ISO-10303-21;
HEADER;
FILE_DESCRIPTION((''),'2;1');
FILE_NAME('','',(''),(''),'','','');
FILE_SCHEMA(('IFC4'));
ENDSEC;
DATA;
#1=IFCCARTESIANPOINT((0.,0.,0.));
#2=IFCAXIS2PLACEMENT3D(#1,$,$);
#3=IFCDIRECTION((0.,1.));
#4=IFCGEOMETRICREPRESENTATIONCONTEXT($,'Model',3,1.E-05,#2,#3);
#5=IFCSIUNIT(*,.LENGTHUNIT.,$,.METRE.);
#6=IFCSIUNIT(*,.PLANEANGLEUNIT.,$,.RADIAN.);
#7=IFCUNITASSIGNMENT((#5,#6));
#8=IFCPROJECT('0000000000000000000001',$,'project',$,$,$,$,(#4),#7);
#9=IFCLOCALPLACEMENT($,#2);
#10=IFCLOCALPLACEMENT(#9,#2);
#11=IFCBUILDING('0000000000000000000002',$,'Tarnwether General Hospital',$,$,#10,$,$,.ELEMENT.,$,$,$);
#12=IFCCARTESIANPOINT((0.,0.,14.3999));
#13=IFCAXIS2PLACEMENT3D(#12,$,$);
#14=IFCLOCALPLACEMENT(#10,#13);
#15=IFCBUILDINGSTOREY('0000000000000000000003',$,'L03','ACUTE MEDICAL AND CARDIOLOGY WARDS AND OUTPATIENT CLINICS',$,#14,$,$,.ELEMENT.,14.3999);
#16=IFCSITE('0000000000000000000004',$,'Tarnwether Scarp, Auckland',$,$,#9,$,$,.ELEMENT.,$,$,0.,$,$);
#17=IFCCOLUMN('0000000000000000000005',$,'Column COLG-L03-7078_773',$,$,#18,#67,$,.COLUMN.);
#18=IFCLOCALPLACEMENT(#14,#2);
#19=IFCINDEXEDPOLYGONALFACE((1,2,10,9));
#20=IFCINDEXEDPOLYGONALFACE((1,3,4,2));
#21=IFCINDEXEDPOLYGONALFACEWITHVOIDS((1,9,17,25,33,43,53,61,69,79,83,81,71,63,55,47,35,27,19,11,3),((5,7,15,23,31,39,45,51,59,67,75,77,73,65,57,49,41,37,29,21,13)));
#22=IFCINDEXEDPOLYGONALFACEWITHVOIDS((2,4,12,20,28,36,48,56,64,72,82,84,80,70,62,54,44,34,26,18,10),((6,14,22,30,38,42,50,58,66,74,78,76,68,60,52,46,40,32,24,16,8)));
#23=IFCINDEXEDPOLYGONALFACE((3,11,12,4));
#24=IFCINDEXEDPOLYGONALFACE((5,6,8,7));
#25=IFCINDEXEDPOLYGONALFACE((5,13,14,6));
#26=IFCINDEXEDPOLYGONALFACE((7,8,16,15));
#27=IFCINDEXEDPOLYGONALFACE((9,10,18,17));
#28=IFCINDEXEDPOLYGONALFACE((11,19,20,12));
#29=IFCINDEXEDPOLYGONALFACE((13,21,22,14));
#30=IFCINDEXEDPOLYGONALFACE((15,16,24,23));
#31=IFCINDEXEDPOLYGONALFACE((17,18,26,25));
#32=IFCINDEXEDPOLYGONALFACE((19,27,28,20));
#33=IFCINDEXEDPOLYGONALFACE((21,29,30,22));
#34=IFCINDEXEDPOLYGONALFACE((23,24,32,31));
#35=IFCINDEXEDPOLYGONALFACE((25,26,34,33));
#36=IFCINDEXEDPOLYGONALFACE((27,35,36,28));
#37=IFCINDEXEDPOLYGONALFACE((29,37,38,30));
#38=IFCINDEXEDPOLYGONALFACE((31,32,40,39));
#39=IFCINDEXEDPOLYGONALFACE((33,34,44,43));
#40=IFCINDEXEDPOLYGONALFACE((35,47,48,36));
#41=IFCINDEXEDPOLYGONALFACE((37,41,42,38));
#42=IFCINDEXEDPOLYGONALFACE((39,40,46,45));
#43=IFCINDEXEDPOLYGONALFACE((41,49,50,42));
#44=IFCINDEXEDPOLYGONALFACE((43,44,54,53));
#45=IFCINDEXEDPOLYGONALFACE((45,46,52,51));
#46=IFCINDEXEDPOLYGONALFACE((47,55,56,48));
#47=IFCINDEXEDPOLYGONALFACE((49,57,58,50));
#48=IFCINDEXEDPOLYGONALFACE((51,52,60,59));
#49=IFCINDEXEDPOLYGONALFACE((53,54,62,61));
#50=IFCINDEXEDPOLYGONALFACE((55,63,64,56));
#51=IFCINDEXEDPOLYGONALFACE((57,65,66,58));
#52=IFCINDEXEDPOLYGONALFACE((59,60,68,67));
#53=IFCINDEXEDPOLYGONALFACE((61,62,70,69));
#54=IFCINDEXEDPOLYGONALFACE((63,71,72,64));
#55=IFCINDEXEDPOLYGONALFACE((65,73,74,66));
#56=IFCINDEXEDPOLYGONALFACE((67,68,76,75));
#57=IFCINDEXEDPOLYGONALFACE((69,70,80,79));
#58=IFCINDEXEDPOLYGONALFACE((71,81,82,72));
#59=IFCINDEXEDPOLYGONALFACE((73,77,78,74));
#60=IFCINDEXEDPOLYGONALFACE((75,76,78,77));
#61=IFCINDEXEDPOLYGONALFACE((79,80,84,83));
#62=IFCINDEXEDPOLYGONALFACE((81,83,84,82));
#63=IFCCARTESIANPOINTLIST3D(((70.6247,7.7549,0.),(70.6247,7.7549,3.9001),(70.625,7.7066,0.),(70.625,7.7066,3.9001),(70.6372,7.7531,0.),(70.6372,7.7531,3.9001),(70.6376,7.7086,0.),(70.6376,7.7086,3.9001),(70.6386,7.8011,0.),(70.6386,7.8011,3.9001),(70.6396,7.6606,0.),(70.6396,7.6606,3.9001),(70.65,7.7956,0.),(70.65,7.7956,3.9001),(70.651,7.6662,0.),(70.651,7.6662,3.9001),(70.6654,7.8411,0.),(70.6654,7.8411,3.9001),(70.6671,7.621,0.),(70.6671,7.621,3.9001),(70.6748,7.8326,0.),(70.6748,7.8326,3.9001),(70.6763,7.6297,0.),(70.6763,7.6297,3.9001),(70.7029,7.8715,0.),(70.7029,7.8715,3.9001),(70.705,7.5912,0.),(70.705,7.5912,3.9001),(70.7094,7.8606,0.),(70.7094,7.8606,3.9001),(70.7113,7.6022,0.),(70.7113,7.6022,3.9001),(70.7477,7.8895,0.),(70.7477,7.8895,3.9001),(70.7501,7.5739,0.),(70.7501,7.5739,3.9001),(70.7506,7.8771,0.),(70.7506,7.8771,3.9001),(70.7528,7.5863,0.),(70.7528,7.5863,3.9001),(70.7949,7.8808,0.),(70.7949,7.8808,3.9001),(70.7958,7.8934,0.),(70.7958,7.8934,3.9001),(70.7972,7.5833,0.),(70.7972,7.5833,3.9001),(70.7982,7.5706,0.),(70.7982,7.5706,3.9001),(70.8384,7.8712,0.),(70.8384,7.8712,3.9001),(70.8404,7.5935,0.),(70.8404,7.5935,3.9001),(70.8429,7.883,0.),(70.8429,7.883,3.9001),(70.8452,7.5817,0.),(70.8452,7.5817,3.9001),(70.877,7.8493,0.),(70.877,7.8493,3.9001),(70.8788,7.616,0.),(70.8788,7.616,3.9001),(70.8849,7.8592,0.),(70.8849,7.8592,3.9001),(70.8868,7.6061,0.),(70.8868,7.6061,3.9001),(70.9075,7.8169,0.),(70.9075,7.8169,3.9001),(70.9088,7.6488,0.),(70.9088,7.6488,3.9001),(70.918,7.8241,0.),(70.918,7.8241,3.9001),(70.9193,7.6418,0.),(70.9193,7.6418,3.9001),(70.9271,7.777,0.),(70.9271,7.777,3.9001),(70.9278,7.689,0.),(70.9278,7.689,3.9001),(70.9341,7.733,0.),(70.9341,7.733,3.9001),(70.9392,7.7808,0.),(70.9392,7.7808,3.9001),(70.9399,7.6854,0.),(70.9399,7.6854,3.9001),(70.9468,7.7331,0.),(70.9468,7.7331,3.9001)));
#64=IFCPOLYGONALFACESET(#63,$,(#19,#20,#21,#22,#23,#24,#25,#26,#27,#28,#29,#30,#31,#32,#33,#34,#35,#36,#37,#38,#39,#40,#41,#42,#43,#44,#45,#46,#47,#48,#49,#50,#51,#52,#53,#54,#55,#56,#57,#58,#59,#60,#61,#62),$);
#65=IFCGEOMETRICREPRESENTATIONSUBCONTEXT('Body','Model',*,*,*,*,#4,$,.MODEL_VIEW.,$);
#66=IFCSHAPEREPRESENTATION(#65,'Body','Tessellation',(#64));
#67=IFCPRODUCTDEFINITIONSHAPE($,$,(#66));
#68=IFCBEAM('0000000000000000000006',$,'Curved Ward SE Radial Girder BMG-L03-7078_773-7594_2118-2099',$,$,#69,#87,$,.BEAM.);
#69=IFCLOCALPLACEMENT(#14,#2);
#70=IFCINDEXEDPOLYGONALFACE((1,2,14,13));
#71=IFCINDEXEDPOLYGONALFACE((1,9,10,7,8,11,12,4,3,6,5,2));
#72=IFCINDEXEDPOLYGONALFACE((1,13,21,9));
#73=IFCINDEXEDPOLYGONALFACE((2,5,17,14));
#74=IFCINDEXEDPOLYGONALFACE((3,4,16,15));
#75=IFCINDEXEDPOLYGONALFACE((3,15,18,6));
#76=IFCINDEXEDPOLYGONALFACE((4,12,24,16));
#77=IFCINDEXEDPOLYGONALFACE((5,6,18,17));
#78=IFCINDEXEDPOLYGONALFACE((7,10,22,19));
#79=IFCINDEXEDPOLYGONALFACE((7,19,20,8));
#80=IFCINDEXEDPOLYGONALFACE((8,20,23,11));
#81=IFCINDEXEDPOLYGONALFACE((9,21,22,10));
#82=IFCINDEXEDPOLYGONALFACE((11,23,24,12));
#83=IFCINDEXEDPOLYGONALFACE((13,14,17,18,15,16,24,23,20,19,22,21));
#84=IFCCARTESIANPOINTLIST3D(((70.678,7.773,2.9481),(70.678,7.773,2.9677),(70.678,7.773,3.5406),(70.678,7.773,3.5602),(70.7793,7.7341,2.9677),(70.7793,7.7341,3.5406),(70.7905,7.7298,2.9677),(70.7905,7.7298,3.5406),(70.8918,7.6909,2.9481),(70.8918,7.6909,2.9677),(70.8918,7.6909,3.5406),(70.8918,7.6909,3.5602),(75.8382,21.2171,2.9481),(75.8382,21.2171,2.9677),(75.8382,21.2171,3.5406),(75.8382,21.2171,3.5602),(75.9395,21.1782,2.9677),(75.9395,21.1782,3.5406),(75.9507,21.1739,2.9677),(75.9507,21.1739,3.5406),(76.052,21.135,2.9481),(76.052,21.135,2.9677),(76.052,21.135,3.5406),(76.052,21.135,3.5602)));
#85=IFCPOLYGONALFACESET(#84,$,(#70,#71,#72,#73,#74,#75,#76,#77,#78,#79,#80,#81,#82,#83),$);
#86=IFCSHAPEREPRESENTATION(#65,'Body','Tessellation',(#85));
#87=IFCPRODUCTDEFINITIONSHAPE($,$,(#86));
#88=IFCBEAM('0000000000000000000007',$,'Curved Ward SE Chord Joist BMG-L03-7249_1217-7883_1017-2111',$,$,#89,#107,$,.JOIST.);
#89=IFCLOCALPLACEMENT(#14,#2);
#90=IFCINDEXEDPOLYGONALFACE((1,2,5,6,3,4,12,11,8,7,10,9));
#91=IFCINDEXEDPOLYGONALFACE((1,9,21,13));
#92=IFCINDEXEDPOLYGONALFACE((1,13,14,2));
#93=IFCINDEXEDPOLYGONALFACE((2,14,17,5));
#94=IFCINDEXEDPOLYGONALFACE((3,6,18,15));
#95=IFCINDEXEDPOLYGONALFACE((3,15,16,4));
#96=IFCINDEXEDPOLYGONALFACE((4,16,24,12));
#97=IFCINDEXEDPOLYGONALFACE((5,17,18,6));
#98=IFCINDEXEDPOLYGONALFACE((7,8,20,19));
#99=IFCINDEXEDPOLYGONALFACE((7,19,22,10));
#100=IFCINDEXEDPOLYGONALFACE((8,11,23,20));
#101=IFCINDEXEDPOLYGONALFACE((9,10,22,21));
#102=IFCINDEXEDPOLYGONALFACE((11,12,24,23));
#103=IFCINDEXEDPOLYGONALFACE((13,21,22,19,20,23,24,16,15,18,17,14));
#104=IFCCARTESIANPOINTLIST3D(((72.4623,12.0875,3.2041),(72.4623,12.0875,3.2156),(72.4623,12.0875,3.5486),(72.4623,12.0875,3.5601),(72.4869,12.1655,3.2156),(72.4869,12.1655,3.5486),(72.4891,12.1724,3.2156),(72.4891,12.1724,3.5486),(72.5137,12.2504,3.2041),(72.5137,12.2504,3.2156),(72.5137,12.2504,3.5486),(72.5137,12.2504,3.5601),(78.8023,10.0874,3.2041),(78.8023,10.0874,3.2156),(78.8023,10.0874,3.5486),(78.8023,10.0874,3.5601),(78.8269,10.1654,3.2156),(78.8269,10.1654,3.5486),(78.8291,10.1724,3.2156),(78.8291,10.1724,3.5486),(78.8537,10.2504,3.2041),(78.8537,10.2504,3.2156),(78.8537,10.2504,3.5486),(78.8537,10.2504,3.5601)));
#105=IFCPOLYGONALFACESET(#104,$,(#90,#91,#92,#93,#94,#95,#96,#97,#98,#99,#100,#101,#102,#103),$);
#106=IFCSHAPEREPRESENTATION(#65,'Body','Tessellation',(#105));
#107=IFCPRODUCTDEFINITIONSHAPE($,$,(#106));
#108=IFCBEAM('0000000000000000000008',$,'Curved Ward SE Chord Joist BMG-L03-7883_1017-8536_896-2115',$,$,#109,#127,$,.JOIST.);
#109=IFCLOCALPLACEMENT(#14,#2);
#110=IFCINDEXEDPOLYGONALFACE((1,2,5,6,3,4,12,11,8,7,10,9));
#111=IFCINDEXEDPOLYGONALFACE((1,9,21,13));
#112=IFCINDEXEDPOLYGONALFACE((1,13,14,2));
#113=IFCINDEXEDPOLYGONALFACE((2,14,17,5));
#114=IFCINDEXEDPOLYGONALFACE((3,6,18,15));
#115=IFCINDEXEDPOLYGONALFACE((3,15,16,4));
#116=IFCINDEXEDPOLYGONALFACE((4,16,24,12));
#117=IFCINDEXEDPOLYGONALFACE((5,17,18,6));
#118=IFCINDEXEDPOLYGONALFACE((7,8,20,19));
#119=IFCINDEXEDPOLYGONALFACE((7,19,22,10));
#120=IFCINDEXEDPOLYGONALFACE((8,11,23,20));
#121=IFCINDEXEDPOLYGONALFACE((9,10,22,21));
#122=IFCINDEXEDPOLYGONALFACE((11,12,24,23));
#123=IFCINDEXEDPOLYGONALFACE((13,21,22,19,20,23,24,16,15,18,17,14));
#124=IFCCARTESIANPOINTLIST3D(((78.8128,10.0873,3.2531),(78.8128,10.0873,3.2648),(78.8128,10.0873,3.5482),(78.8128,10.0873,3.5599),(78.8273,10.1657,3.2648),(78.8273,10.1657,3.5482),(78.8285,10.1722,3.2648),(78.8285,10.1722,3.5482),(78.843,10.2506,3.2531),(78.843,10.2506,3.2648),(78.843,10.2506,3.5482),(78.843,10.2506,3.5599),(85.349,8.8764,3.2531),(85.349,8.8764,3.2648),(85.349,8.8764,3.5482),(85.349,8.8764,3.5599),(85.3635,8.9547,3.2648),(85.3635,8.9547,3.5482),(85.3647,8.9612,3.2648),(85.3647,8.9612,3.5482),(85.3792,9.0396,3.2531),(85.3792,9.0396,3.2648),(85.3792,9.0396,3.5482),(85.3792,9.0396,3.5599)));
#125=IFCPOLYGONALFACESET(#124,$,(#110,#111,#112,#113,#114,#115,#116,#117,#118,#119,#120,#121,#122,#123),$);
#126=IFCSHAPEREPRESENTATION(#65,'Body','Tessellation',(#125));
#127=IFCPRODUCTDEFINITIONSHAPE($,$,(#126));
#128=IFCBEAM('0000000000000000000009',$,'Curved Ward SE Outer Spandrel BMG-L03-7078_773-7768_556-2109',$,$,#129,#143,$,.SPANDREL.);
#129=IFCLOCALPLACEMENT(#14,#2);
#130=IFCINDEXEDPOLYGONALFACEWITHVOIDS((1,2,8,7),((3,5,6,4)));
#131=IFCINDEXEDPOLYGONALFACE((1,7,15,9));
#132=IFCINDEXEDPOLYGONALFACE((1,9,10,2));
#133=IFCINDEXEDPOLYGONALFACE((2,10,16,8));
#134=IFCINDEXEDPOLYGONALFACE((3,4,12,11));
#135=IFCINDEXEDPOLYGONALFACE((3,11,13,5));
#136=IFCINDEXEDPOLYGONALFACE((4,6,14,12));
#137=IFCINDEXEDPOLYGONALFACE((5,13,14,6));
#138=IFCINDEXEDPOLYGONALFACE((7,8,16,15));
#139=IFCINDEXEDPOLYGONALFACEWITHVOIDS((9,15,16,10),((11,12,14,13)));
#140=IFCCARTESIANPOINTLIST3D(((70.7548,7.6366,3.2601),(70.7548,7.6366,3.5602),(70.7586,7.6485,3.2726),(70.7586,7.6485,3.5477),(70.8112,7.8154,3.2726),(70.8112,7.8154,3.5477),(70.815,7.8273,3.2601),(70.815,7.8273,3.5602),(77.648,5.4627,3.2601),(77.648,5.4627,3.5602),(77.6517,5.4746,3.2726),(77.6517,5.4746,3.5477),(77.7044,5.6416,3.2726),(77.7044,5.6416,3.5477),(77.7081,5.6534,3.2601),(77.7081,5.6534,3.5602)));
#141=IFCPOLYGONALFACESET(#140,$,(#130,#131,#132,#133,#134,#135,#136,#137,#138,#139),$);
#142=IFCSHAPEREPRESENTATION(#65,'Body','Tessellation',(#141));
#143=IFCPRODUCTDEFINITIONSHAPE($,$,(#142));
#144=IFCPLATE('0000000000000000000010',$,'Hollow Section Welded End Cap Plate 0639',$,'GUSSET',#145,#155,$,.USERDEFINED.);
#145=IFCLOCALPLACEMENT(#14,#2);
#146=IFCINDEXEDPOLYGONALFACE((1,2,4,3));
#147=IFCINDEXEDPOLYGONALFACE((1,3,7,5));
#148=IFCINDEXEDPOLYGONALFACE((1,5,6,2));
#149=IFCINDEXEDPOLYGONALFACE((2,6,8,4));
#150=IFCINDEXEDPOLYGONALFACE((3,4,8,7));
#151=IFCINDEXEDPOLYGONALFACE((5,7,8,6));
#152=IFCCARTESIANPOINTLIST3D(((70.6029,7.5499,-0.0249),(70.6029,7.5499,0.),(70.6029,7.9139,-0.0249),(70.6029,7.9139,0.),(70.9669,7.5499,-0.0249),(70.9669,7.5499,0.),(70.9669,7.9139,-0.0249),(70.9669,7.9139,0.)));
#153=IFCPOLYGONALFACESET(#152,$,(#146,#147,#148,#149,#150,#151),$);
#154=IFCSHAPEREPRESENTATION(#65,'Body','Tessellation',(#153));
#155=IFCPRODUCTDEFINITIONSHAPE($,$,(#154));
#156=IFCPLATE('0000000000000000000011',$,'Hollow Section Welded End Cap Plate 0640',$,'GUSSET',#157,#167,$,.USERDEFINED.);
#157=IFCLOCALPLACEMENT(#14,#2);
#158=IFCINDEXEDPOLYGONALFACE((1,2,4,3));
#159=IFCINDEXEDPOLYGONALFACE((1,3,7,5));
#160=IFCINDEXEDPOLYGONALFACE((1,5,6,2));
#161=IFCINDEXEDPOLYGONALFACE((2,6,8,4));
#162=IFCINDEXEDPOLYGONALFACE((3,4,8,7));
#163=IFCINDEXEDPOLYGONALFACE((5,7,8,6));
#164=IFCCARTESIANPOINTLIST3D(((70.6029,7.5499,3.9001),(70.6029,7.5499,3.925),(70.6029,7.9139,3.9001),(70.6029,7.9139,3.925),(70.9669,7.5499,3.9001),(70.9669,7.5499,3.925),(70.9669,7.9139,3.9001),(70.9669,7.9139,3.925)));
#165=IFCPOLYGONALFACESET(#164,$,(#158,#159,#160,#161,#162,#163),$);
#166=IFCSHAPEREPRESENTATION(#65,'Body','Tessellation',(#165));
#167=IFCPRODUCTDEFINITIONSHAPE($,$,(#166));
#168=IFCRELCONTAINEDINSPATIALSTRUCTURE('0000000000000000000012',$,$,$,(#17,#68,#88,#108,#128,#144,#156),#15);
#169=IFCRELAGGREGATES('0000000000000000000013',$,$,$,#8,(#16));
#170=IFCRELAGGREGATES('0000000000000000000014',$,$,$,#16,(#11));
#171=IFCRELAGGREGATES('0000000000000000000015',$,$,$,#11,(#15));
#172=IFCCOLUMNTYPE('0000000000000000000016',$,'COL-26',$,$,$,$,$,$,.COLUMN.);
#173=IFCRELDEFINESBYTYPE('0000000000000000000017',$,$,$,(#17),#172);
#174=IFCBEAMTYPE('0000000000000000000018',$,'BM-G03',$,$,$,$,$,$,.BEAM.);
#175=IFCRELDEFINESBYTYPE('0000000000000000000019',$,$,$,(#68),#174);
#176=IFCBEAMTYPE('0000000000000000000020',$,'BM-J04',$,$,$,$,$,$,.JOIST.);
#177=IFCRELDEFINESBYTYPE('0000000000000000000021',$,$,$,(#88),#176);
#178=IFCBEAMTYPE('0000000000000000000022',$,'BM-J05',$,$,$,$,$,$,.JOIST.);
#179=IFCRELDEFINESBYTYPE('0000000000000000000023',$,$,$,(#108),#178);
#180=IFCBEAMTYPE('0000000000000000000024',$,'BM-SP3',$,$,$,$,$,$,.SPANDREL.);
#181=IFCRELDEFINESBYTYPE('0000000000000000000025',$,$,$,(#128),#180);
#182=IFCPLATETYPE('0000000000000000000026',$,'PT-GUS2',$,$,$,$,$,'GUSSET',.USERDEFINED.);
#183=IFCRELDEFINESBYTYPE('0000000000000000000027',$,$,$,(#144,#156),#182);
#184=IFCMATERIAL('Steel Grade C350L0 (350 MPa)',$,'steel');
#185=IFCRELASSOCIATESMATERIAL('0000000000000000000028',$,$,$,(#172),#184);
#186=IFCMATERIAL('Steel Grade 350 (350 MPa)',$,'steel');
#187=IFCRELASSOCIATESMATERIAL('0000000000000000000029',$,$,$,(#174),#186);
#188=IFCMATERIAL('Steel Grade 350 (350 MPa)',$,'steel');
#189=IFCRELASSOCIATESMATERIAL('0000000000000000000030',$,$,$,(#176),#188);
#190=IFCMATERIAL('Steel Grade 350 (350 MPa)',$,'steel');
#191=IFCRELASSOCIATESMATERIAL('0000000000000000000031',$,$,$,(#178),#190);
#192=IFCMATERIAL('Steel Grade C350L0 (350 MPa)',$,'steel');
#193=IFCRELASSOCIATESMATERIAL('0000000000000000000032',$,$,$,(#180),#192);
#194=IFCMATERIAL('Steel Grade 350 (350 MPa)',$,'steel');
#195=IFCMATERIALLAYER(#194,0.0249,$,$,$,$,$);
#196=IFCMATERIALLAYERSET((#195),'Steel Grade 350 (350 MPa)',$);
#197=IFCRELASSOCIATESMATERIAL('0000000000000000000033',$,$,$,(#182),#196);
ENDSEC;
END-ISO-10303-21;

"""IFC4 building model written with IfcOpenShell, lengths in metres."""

from ifc_helpers import new_model, si_unit, direction, frame, origin, origin_2d, place, context, subcontext, project, spatial, rectangle, hollow_rectangle, hollow_circle, i_section, extrude, material, layer, layer_set, material_profile, profile_set, type_object, element, save


model = new_model("IFC4")

# Units and contexts
model_context = context("Model", 3, precision=1e-05, world=origin(), true_north=direction((0.0, 1.0)))
body_context = subcontext(model_context, "Body", "Model", "MODEL_VIEW")
ifc_project = project(units=[si_unit("LENGTHUNIT", "METRE"), si_unit("PLANEANGLEUNIT", "RADIAN")], contexts=[model_context])

# Site, building, storey
site_placement = place(None, origin())
site = spatial("IfcSite", under=ifc_project, at=site_placement, Name="Tarnwether Scarp, Auckland", CompositionType="ELEMENT", RefElevation=0.0)
building_placement = place(site_placement, origin())
building = spatial("IfcBuilding", under=site, at=building_placement, Name="Tarnwether General Hospital", CompositionType="ELEMENT")
storey_placement = place(building_placement, frame((0.0, 0.0, 14.3999)))
storey = spatial("IfcBuildingStorey", under=building, at=storey_placement, Name="L03", Description="ACUTE MEDICAL AND CARDIOLOGY WARDS AND OUTPATIENT CLINICS", CompositionType="ELEMENT", Elevation=14.3999)

# Column
ifc_material_1 = material(Name="Steel Grade C350L0 (350 MPa)", Category="steel")
ifc_material_profile_1 = material_profile(ifc_material_1, hollow_circle(Radius=0.1619, WallThickness=0.0127, at=origin_2d()), Name="CHS323.9x12.7")
ifc_profile_set_1 = profile_set([ifc_material_profile_1], Name="Steel Grade C350L0 (350 MPa)")
column_type = type_object("IfcColumnType", Name="COL-26", PredefinedType="COLUMN", material=ifc_profile_set_1)
column_placement = place(storey_placement, frame((70.7849, 7.7319, 0.0), z_axis=(0.0, 0.0, 1.0), x_axis=(0.358368, 0.93358, 0.0)))
element("IfcColumn", 1, at=column_placement, inside=storey, type_object=column_type, Name="Column COLG-L03-7078_773", PredefinedType="COLUMN", context=body_context, shape_type="SweptSolid", body=[
    extrude(hollow_circle(Radius=0.1619, WallThickness=0.0127, at=origin_2d()), origin(), (0.0, 0.0, 1.0), 3.9001),
])

# Beams
ifc_material_2 = material(Name="Steel Grade 350 (350 MPa)", Category="steel")
ifc_material_profile_2 = material_profile(ifc_material_2, i_section(OverallWidth=0.229, OverallDepth=0.6121, WebThickness=0.012, FlangeThickness=0.0195, at=origin_2d()), Name="610UB125")
ifc_profile_set_2 = profile_set([ifc_material_profile_2], Name="Steel Grade 350 (350 MPa)")
beam_type_1 = type_object("IfcBeamType", Name="BM-G03", PredefinedType="BEAM", material=ifc_profile_set_2)
beam_1_placement = place(storey_placement, frame((70.7849, 7.7319, 3.2542), z_axis=(0.358335, 0.933593, 0.0), x_axis=(-0.933593, 0.358335, 0.0)))
element("IfcBeam", 2, at=beam_1_placement, inside=storey, type_object=beam_type_1, Name="Curved Ward SE Radial Girder BMG-L03-7078_773-7594_2118-2099", PredefinedType="BEAM", context=body_context, shape_type="SweptSolid", body=[
    extrude(i_section(OverallWidth=0.229, OverallDepth=0.6121, WebThickness=0.012, FlangeThickness=0.0195, at=origin_2d()), origin(), (0.0, 0.0, 1.0), 14.4004),
])
ifc_material_3 = material(Name="Steel Grade 350 (350 MPa)", Category="steel")
ifc_material_profile_3 = material_profile(ifc_material_3, i_section(OverallWidth=0.1709, OverallDepth=0.356, WebThickness=0.0073, FlangeThickness=0.0115, at=origin_2d()), Name="360UB50.7")
ifc_profile_set_3 = profile_set([ifc_material_profile_3], Name="Steel Grade 350 (350 MPa)")
beam_type_2 = type_object("IfcBeamType", Name="BM-J04", PredefinedType="JOIST", material=ifc_profile_set_3)
beam_2_placement = place(storey_placement, frame((72.488, 12.1689, 3.3821), z_axis=(0.953671, -0.30085, 0.0), x_axis=(0.30085, 0.953671, 0.0)))
element("IfcBeam", 3, at=beam_2_placement, inside=storey, type_object=beam_type_2, Name="Curved Ward SE Chord Joist BMG-L03-7249_1217-7883_1017-2111", PredefinedType="JOIST", context=body_context, shape_type="SweptSolid", body=[
    extrude(i_section(OverallWidth=0.1709, OverallDepth=0.356, WebThickness=0.0073, FlangeThickness=0.0115, at=origin_2d()), origin(), (0.0, 0.0, 1.0), 6.6479),
])
ifc_material_4 = material(Name="Steel Grade 350 (350 MPa)", Category="steel")
ifc_material_profile_4 = material_profile(ifc_material_4, i_section(OverallWidth=0.166, OverallDepth=0.3069, WebThickness=0.0066, FlangeThickness=0.0117, at=origin_2d()), Name="310UB46.2")
ifc_profile_set_4 = profile_set([ifc_material_profile_4], Name="Steel Grade 350 (350 MPa)")
beam_type_3 = type_object("IfcBeamType", Name="BM-J05", PredefinedType="JOIST", material=ifc_profile_set_4)
beam_3_placement = place(storey_placement, frame((78.8279, 10.1689, 3.4065), z_axis=(0.983267, -0.182168, 0.0), x_axis=(0.182168, 0.983267, 0.0)))
element("IfcBeam", 4, at=beam_3_placement, inside=storey, type_object=beam_type_3, Name="Curved Ward SE Chord Joist BMG-L03-7883_1017-8536_896-2115", PredefinedType="JOIST", context=body_context, shape_type="SweptSolid", body=[
    extrude(i_section(OverallWidth=0.166, OverallDepth=0.3069, WebThickness=0.0066, FlangeThickness=0.0117, at=origin_2d()), origin(), (0.0, 0.0, 1.0), 6.6475),
])
ifc_material_5 = material(Name="Steel Grade C350L0 (350 MPa)", Category="steel")
ifc_material_profile_5 = material_profile(ifc_material_5, hollow_rectangle(XDim=0.2, YDim=0.3, WallThickness=0.0125, at=origin_2d()), Name="RHS300x200x12.5")
ifc_profile_set_5 = profile_set([ifc_material_profile_5], Name="Steel Grade C350L0 (350 MPa)")
beam_type_4 = type_object("IfcBeamType", Name="BM-SP3", PredefinedType="SPANDREL", material=ifc_profile_set_5)
beam_4_placement = place(storey_placement, frame((70.7849, 7.7319, 3.4102), z_axis=(0.953699, -0.300763, 0.0), x_axis=(0.300763, 0.953699, 0.0)))
element("IfcBeam", 5, at=beam_4_placement, inside=storey, type_object=beam_type_4, Name="Curved Ward SE Outer Spandrel BMG-L03-7078_773-7768_556-2109", PredefinedType="SPANDREL", context=body_context, shape_type="SweptSolid", body=[
    extrude(hollow_rectangle(XDim=0.2, YDim=0.3, WallThickness=0.0125, at=origin_2d()), origin(), (0.0, 0.0, 1.0), 7.2278),
])

# Plates
ifc_material_6 = material(Name="Steel Grade 350 (350 MPa)", Category="steel")
ifc_layer_1 = layer(ifc_material_6, 0.0249)
ifc_layer_set_1 = layer_set([ifc_layer_1], Name="Steel Grade 350 (350 MPa)")
plate_type = type_object("IfcPlateType", Name="PT-GUS2", ElementType="GUSSET", PredefinedType="USERDEFINED", material=ifc_layer_set_1)
for number, where, z_axis, x_axis, name in (
    (6, (70.7849, 7.7319, -0.0249), (0.0, 0.0, 1.0), (1.0, 0.0, 0.0), "Hollow Section Welded End Cap Plate 0639"),
    (7, (70.7849, 7.7319, 3.9001), (0.0, 0.0, 1.0), (1.0, 0.0, 0.0), "Hollow Section Welded End Cap Plate 0640"),
):
    element("IfcPlate", number, at=place(storey_placement, frame(where, z_axis=z_axis, x_axis=x_axis)), inside=storey, type_object=plate_type, Name=name, ObjectType="GUSSET", PredefinedType="USERDEFINED", context=body_context, shape_type="SweptSolid", body=[
        extrude(rectangle(XDim=0.364, YDim=0.364, at=origin_2d()), origin(), (0.0, 0.0, 1.0), 0.0249),
    ])

save(model, "model.ifc")
